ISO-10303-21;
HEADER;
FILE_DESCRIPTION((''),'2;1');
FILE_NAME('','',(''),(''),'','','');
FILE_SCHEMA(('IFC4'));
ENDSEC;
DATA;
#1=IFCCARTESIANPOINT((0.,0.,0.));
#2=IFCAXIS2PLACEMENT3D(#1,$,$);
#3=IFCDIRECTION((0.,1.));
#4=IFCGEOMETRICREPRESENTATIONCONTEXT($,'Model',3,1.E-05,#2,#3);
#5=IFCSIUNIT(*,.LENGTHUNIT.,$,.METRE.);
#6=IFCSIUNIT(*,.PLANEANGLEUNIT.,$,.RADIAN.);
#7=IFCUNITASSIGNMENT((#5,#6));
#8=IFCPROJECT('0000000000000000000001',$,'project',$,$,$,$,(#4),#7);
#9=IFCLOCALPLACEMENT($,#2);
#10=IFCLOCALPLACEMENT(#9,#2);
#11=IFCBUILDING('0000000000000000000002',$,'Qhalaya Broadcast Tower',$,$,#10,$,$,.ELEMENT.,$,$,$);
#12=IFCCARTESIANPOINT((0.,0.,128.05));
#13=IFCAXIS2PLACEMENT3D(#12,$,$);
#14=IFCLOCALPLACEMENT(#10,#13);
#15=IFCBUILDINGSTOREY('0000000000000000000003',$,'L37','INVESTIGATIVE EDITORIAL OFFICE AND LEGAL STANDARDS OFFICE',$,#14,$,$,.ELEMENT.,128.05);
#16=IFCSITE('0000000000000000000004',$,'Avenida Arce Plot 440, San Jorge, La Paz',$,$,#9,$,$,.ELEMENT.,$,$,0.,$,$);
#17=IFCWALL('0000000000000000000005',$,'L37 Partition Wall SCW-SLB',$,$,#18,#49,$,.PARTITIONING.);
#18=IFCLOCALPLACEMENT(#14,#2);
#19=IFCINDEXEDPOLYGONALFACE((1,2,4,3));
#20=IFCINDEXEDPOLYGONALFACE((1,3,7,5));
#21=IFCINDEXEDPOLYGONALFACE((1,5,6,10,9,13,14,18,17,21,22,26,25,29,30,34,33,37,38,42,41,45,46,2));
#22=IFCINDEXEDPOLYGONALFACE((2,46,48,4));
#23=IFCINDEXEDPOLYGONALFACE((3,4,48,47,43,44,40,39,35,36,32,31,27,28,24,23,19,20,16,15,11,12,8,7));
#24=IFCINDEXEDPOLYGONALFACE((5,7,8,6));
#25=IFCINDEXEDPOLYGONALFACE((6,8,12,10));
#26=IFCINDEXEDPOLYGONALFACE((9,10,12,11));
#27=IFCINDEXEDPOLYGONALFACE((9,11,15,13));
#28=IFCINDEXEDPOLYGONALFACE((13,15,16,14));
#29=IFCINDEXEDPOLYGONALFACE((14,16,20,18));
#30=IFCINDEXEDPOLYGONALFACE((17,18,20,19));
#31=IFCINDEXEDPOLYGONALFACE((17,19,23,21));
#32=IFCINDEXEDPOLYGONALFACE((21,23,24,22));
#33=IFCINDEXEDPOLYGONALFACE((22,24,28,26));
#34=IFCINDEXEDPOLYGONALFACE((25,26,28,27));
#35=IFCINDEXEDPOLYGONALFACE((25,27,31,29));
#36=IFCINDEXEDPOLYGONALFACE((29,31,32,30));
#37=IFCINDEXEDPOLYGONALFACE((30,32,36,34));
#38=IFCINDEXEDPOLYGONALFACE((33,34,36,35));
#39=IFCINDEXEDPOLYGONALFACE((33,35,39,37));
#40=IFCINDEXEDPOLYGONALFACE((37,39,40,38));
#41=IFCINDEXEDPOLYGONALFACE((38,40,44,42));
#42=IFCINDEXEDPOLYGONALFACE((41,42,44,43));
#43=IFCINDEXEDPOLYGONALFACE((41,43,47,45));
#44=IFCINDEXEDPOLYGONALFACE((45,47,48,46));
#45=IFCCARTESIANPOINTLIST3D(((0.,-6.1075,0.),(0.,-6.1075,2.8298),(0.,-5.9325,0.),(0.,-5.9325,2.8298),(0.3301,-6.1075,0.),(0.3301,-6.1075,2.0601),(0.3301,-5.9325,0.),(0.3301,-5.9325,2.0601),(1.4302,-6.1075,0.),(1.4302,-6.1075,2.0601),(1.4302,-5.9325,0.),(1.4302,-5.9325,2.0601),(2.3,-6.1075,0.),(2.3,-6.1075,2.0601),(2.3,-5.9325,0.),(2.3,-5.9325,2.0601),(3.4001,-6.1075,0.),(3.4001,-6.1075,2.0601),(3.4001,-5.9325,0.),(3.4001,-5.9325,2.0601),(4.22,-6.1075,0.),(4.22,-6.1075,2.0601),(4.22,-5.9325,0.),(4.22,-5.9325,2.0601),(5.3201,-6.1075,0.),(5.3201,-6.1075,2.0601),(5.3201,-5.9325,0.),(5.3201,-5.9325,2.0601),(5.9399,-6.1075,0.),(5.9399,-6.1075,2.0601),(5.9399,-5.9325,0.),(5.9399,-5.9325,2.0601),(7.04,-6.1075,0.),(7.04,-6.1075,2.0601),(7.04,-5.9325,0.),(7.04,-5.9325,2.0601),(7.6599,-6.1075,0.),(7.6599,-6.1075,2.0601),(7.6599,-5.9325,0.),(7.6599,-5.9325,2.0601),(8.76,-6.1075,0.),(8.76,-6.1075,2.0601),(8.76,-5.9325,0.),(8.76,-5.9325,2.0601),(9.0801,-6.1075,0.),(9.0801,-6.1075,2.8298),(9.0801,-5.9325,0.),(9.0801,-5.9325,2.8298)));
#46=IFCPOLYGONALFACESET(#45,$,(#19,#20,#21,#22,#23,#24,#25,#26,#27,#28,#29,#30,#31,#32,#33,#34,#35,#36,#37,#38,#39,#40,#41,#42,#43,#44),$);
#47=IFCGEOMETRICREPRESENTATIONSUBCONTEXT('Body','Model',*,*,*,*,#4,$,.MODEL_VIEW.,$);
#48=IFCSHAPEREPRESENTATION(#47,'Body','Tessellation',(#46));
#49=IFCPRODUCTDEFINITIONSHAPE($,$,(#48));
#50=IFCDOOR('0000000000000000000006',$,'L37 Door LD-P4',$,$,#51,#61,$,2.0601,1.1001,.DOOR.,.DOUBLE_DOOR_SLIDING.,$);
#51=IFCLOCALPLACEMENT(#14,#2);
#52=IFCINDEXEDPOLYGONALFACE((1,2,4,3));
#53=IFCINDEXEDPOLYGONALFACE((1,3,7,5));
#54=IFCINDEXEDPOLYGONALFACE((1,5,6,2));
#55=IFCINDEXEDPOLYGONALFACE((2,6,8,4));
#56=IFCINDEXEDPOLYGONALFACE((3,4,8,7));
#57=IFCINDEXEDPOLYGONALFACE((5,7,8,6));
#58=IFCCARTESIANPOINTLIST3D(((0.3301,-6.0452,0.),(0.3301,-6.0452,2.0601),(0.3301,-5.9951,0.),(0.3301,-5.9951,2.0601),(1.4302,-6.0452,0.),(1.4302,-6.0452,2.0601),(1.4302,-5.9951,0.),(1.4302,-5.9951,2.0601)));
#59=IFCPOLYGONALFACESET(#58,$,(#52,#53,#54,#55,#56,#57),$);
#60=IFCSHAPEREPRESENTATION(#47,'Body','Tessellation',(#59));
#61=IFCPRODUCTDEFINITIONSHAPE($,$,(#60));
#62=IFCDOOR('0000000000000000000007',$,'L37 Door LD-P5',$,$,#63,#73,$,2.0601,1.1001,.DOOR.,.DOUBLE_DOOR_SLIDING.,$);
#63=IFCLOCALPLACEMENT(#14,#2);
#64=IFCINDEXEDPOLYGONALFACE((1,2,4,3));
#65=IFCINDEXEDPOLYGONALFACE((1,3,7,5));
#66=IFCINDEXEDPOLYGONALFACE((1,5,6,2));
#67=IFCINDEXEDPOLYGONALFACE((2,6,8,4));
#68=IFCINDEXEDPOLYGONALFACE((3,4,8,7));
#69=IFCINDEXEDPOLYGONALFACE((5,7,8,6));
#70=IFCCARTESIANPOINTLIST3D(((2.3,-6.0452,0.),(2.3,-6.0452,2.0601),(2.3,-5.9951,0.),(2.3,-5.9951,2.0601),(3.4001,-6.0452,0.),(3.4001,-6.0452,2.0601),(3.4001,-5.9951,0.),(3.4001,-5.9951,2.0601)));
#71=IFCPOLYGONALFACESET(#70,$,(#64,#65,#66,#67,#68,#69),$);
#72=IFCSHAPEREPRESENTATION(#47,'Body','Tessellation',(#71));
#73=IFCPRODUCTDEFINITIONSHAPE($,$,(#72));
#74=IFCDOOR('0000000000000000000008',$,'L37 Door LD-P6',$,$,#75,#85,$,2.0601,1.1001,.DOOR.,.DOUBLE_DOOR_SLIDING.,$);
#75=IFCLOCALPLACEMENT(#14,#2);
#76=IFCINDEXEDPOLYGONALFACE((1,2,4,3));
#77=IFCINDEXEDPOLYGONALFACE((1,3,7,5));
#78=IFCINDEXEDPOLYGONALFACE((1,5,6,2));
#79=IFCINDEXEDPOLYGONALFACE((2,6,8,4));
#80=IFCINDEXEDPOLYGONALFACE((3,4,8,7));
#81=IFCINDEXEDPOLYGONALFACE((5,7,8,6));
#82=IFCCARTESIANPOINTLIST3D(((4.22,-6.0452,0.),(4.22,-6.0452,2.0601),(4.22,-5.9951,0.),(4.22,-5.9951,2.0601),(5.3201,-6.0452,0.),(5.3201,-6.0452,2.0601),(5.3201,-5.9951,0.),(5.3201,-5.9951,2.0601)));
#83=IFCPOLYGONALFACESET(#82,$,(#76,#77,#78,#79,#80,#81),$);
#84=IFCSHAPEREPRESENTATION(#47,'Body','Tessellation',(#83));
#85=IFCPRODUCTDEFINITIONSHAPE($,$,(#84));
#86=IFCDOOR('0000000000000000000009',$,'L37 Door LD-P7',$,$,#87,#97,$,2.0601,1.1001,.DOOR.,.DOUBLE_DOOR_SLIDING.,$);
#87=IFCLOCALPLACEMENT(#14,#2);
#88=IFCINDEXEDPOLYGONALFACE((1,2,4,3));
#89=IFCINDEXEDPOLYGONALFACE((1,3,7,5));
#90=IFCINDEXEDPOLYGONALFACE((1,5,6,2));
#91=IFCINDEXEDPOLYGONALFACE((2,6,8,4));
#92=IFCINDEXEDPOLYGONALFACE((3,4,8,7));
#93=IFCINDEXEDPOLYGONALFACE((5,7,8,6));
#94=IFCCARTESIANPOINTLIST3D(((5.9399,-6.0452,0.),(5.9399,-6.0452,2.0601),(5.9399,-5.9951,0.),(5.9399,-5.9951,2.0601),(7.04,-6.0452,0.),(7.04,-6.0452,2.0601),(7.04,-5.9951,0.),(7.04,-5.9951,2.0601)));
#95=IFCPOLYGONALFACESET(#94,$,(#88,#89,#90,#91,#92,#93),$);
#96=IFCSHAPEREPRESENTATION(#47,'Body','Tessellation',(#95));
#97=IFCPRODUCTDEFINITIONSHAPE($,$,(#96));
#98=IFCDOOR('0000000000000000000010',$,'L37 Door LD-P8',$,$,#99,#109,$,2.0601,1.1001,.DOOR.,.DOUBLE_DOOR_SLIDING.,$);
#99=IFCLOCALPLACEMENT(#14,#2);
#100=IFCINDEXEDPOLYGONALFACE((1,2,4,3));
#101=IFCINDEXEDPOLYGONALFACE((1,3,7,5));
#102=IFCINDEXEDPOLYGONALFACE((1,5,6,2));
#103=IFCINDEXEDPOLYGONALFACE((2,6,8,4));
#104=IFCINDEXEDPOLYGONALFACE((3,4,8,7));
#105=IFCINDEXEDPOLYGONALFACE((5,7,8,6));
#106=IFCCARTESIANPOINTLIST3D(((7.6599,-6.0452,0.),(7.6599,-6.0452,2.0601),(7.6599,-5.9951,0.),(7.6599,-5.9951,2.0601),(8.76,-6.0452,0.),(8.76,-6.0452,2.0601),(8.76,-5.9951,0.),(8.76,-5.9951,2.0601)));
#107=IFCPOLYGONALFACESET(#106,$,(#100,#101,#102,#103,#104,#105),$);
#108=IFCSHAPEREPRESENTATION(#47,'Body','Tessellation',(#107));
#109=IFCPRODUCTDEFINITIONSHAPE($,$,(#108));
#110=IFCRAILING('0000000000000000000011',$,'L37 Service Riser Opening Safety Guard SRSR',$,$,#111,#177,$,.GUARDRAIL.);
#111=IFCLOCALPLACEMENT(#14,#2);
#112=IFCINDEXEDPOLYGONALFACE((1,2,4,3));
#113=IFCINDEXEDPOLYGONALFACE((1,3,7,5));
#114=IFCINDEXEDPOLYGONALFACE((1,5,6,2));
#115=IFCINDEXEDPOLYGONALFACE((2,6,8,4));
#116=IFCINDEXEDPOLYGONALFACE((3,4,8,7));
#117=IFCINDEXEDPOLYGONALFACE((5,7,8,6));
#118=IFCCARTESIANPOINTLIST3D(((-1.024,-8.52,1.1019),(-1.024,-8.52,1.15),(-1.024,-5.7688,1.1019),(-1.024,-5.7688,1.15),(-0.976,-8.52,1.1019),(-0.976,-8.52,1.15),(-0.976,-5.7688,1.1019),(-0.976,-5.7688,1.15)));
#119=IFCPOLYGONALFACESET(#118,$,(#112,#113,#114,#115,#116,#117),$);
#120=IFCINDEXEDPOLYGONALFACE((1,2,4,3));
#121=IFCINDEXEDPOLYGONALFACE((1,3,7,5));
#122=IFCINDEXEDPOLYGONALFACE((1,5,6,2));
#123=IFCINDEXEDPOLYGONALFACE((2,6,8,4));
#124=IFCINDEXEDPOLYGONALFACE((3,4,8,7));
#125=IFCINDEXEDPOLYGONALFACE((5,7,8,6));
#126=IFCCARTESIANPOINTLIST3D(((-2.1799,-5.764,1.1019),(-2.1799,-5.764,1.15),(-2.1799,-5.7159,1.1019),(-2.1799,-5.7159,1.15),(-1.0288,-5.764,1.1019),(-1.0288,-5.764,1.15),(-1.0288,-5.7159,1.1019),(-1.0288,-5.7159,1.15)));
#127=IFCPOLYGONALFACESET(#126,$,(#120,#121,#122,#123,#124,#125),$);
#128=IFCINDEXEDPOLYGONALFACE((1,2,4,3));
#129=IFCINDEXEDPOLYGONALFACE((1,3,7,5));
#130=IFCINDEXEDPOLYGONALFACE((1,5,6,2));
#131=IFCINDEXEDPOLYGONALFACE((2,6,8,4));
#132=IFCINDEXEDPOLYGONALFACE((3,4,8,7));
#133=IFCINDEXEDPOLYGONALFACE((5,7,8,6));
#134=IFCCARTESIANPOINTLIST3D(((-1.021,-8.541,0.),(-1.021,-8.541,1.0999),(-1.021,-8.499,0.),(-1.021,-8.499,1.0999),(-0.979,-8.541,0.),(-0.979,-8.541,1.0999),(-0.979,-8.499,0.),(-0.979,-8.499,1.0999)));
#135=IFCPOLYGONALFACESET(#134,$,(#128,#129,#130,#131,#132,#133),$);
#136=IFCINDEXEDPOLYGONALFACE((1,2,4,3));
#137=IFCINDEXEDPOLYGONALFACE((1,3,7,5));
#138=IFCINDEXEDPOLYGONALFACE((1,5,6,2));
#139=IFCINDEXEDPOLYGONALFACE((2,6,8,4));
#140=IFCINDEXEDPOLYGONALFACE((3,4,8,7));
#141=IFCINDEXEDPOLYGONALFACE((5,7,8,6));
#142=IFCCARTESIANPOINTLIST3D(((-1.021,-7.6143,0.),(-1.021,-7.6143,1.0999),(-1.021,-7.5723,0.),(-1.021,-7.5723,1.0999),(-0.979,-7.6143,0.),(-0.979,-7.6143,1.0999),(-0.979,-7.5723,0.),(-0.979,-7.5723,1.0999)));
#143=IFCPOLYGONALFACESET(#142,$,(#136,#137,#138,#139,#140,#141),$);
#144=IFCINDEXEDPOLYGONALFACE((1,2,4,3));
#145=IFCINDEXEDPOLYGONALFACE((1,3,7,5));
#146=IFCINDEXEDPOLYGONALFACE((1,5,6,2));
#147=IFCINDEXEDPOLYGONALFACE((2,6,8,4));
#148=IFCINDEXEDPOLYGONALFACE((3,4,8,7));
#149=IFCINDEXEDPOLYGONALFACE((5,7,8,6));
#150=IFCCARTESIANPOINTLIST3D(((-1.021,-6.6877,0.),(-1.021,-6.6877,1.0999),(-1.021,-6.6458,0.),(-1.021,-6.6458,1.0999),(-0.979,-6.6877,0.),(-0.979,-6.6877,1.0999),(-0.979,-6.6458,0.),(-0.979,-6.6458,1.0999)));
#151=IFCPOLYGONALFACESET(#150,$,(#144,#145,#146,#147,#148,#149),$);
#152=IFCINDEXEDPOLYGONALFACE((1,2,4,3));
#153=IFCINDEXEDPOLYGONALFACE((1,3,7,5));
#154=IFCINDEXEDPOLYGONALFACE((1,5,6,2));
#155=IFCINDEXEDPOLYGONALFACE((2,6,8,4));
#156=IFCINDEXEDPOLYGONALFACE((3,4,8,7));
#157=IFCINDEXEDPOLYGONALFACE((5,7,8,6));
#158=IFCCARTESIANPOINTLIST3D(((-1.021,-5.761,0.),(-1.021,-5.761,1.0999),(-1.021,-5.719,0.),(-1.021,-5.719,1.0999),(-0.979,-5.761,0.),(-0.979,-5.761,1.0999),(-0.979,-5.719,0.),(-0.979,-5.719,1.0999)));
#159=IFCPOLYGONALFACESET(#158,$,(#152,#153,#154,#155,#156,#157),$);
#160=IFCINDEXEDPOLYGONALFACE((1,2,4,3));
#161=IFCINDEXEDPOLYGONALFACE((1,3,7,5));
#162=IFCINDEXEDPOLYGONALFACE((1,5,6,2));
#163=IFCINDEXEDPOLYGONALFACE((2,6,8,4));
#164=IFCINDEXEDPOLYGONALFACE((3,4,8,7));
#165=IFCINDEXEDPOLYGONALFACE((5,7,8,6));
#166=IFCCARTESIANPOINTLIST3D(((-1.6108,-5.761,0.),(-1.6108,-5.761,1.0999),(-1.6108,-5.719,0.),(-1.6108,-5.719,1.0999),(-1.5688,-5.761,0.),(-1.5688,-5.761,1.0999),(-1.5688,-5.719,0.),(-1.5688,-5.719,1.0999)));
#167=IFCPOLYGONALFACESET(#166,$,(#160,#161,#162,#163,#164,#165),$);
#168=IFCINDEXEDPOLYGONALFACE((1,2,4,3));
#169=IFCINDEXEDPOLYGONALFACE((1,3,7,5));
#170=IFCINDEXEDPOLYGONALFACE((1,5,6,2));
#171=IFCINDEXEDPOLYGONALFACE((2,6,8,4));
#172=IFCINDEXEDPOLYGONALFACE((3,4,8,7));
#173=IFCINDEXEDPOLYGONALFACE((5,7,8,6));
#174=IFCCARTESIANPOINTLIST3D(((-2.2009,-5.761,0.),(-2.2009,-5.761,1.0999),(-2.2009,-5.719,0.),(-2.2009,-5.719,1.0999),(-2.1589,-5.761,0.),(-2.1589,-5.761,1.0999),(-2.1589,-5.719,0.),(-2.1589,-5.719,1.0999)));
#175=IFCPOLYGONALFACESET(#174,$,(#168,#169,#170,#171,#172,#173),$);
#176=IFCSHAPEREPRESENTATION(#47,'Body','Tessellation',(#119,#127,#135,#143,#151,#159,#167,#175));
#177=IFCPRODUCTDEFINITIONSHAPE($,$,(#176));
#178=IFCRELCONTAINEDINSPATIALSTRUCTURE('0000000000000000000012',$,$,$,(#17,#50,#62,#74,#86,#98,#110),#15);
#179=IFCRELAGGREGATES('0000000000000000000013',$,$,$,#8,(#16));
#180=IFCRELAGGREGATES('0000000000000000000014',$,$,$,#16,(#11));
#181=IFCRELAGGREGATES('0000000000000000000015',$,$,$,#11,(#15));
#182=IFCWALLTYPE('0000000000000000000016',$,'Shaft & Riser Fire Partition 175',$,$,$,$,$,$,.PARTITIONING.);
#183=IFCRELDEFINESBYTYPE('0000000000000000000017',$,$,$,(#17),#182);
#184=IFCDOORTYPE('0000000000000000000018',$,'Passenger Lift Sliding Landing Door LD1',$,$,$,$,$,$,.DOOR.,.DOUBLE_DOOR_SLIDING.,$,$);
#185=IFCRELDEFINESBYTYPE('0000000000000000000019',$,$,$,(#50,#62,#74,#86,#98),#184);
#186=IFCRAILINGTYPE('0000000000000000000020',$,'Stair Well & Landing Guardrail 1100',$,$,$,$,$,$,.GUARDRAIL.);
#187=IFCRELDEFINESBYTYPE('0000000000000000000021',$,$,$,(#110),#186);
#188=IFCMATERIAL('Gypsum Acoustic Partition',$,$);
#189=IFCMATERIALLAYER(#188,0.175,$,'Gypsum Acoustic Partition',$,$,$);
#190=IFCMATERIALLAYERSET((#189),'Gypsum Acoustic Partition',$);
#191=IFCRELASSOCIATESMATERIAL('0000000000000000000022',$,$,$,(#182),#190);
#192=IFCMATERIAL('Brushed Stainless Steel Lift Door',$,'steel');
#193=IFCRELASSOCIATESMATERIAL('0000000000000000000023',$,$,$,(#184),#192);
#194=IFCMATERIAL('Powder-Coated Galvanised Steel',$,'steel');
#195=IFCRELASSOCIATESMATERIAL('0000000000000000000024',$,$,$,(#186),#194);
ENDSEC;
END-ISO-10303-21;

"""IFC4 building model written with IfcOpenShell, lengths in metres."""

from ifc_helpers import new_model, si_unit, direction, frame, frame_2d, origin, origin_2d, place, context, subcontext, project, spatial, rectangle, extrude, material, layer, layer_set, type_object, element, fill, save


model = new_model("IFC4")

# Units and contexts
model_context = context("Model", 3, precision=1e-05, world=origin(), true_north=direction((0.0, 1.0)))
body_context = subcontext(model_context, "Body", "Model", "MODEL_VIEW")
ifc_project = project(units=[si_unit("LENGTHUNIT", "METRE"), si_unit("PLANEANGLEUNIT", "RADIAN")], contexts=[model_context])

# Site, building, storey
site_placement = place(None, origin())
site = spatial("IfcSite", under=ifc_project, at=site_placement, Name="Avenida Arce Plot 440, San Jorge, La Paz", CompositionType="ELEMENT", RefElevation=0.0)
building_placement = place(site_placement, origin())
building = spatial("IfcBuilding", under=site, at=building_placement, Name="Qhalaya Broadcast Tower", CompositionType="ELEMENT")
storey_placement = place(building_placement, frame((0.0, 0.0, 128.05)))
storey = spatial("IfcBuildingStorey", under=building, at=storey_placement, Name="L37", Description="INVESTIGATIVE EDITORIAL OFFICE AND LEGAL STANDARDS OFFICE", CompositionType="ELEMENT", Elevation=128.05)

# Shared definitions
ifc_material_1 = material(Name="Gypsum Acoustic Partition")

# Shared definitions
ifc_layer_1 = layer(ifc_material_1, 0.175, Name="Gypsum Acoustic Partition")
ifc_layer_set_1 = layer_set([ifc_layer_1], Name="Gypsum Acoustic Partition")
wall_type_1 = type_object("IfcWallType", Name="Shaft & Riser Fire Partition 175", PredefinedType="PARTITIONING", material=ifc_layer_set_1)

# Wall, openings, doors
wall_1_placement = place(storey_placement, frame((0.0, -6.02, 0.0), z_axis=(0.0, 0.0, 1.0), x_axis=(1.0, 0.0, 0.0)))
wall_1 = element("IfcWall", 1, at=wall_1_placement, inside=storey, type_object=wall_type_1, Name="L37 Partition Wall SCW-SLB", PredefinedType="PARTITIONING", context=body_context, shape_type="SweptSolid", body=[
    extrude(rectangle(XDim=9.0801, YDim=0.175, at=frame_2d((4.54, 0.0))), origin(), (0.0, 0.0, 1.0), 2.8298),
])
opening_1_placement = place(wall_1_placement, frame((0.3301, 0.0, 0.0)))
opening_1 = element("IfcOpeningElement", 2, at=opening_1_placement, cuts=wall_1, PredefinedType="OPENING", context=body_context, shape_type="SweptSolid", body=[
    extrude(rectangle(XDim=1.1001, YDim=2.0601, at=frame_2d((0.55, 1.03))), frame((0.0, 0.0996, 0.0), z_axis=(0.0, -1.0, 0.0), x_axis=(1.0, 0.0, 0.0)), (0.0, 0.0, 1.0), 0.199),
])
opening_2_placement = place(wall_1_placement, frame((2.3, 0.0, 0.0)))
opening_2 = element("IfcOpeningElement", 3, at=opening_2_placement, cuts=wall_1, PredefinedType="OPENING", context=body_context, shape_type="SweptSolid", body=[
    extrude(rectangle(XDim=1.1001, YDim=2.0601, at=frame_2d((0.55, 1.03))), frame((0.0, 0.0996, 0.0), z_axis=(0.0, -1.0, 0.0), x_axis=(1.0, 0.0, 0.0)), (0.0, 0.0, 1.0), 0.199),
])
opening_3_placement = place(wall_1_placement, frame((4.22, 0.0, 0.0)))
opening_3 = element("IfcOpeningElement", 4, at=opening_3_placement, cuts=wall_1, PredefinedType="OPENING", context=body_context, shape_type="SweptSolid", body=[
    extrude(rectangle(XDim=1.1001, YDim=2.0601, at=frame_2d((0.55, 1.03))), frame((0.0, 0.0996, 0.0), z_axis=(0.0, -1.0, 0.0), x_axis=(1.0, 0.0, 0.0)), (0.0, 0.0, 1.0), 0.199),
])
opening_4_placement = place(wall_1_placement, frame((5.9399, 0.0, 0.0)))
opening_4 = element("IfcOpeningElement", 5, at=opening_4_placement, cuts=wall_1, PredefinedType="OPENING", context=body_context, shape_type="SweptSolid", body=[
    extrude(rectangle(XDim=1.1001, YDim=2.0601, at=frame_2d((0.55, 1.03))), frame((0.0, 0.0996, 0.0), z_axis=(0.0, -1.0, 0.0), x_axis=(1.0, 0.0, 0.0)), (0.0, 0.0, 1.0), 0.199),
])
opening_5_placement = place(wall_1_placement, frame((7.6599, 0.0, 0.0)))
opening_5 = element("IfcOpeningElement", 6, at=opening_5_placement, cuts=wall_1, PredefinedType="OPENING", context=body_context, shape_type="SweptSolid", body=[
    extrude(rectangle(XDim=1.1001, YDim=2.0601, at=frame_2d((0.55, 1.03))), frame((0.0, 0.0996, 0.0), z_axis=(0.0, -1.0, 0.0), x_axis=(1.0, 0.0, 0.0)), (0.0, 0.0, 1.0), 0.199),
])
ifc_material_2 = material(Name="Brushed Stainless Steel Lift Door", Category="steel")
door_type_1 = type_object("IfcDoorType", Name="Passenger Lift Sliding Landing Door LD1", OperationType="DOUBLE_DOOR_SLIDING", PredefinedType="DOOR", material=ifc_material_2)
door_1_placement = place(opening_1_placement, origin())
door_1 = element("IfcDoor", 7, at=door_1_placement, inside=storey, type_object=door_type_1, Name="L37 Door LD-P4", OperationType="DOUBLE_DOOR_SLIDING", OverallHeight=2.0601, OverallWidth=1.1001, PredefinedType="DOOR", context=body_context, shape_type="SweptSolid", body=[
    extrude(rectangle(XDim=1.1001, YDim=2.0601, at=frame_2d((0.55, 1.03))), frame((0.0, 0.0249, 0.0), z_axis=(0.0, -1.0, 0.0), x_axis=(1.0, 0.0, 0.0)), (0.0, 0.0, 1.0), 0.05),
])
fill(opening_1, door_1)
door_2_placement = place(opening_2_placement, origin())
door_2 = element("IfcDoor", 8, at=door_2_placement, inside=storey, type_object=door_type_1, Name="L37 Door LD-P5", OperationType="DOUBLE_DOOR_SLIDING", OverallHeight=2.0601, OverallWidth=1.1001, PredefinedType="DOOR", context=body_context, shape_type="SweptSolid", body=[
    extrude(rectangle(XDim=1.1001, YDim=2.0601, at=frame_2d((0.55, 1.03))), frame((0.0, 0.0249, 0.0), z_axis=(0.0, -1.0, 0.0), x_axis=(1.0, 0.0, 0.0)), (0.0, 0.0, 1.0), 0.05),
])
fill(opening_2, door_2)
door_3_placement = place(opening_3_placement, origin())
door_3 = element("IfcDoor", 9, at=door_3_placement, inside=storey, type_object=door_type_1, Name="L37 Door LD-P6", OperationType="DOUBLE_DOOR_SLIDING", OverallHeight=2.0601, OverallWidth=1.1001, PredefinedType="DOOR", context=body_context, shape_type="SweptSolid", body=[
    extrude(rectangle(XDim=1.1001, YDim=2.0601, at=frame_2d((0.55, 1.03))), frame((0.0, 0.0249, 0.0), z_axis=(0.0, -1.0, 0.0), x_axis=(1.0, 0.0, 0.0)), (0.0, 0.0, 1.0), 0.05),
])
fill(opening_3, door_3)
door_4_placement = place(opening_4_placement, origin())
door_4 = element("IfcDoor", 10, at=door_4_placement, inside=storey, type_object=door_type_1, Name="L37 Door LD-P7", OperationType="DOUBLE_DOOR_SLIDING", OverallHeight=2.0601, OverallWidth=1.1001, PredefinedType="DOOR", context=body_context, shape_type="SweptSolid", body=[
    extrude(rectangle(XDim=1.1001, YDim=2.0601, at=frame_2d((0.55, 1.03))), frame((0.0, 0.0249, 0.0), z_axis=(0.0, -1.0, 0.0), x_axis=(1.0, 0.0, 0.0)), (0.0, 0.0, 1.0), 0.05),
])
fill(opening_4, door_4)
door_5_placement = place(opening_5_placement, origin())
door_5 = element("IfcDoor", 11, at=door_5_placement, inside=storey, type_object=door_type_1, Name="L37 Door LD-P8", OperationType="DOUBLE_DOOR_SLIDING", OverallHeight=2.0601, OverallWidth=1.1001, PredefinedType="DOOR", context=body_context, shape_type="SweptSolid", body=[
    extrude(rectangle(XDim=1.1001, YDim=2.0601, at=frame_2d((0.55, 1.03))), frame((0.0, 0.0249, 0.0), z_axis=(0.0, -1.0, 0.0), x_axis=(1.0, 0.0, 0.0)), (0.0, 0.0, 1.0), 0.05),
])
fill(opening_5, door_5)

# Railing
ifc_material_3 = material(Name="Powder-Coated Galvanised Steel", Category="steel")
railing_type = type_object("IfcRailingType", Name="Stair Well & Landing Guardrail 1100", PredefinedType="GUARDRAIL", material=ifc_material_3)
railing_placement = place(storey_placement, frame((-1.0, -8.52, 0.0)))
element("IfcRailing", 12, at=railing_placement, inside=storey, type_object=railing_type, Name="L37 Service Riser Opening Safety Guard SRSR", PredefinedType="GUARDRAIL", context=body_context, shape_type="SweptSolid", body=[
    extrude(rectangle(XDim=0.0481, YDim=0.0481, at=origin_2d()), frame((0.0, 0.0, 1.126), z_axis=(0.0, 1.0, 0.0), x_axis=(-1.0, 0.0, 0.0)), (0.0, 0.0, 1.0), 2.7512),
    extrude(rectangle(XDim=0.0481, YDim=0.0481, at=origin_2d()), frame((-0.0288, 2.78, 1.126), z_axis=(-1.0, 0.0, 0.0), x_axis=(0.0, -1.0, 0.0)), (0.0, 0.0, 1.0), 1.1511),
    extrude(rectangle(XDim=0.042, YDim=0.042, at=origin_2d()), origin(), (0.0, 0.0, 1.0), 1.0999),
    extrude(rectangle(XDim=0.042, YDim=0.042, at=origin_2d()), frame((0.0, 0.9268, 0.0)), (0.0, 0.0, 1.0), 1.0999),
    extrude(rectangle(XDim=0.042, YDim=0.042, at=origin_2d()), frame((0.0, 1.8533, 0.0)), (0.0, 0.0, 1.0), 1.0999),
    extrude(rectangle(XDim=0.042, YDim=0.042, at=origin_2d()), frame((0.0, 2.78, 0.0)), (0.0, 0.0, 1.0), 1.0999),
    extrude(rectangle(XDim=0.042, YDim=0.042, at=origin_2d()), frame((-0.5898, 2.78, 0.0)), (0.0, 0.0, 1.0), 1.0999),
    extrude(rectangle(XDim=0.042, YDim=0.042, at=origin_2d()), frame((-1.1799, 2.78, 0.0)), (0.0, 0.0, 1.0), 1.0999),
])

save(model, "model.ifc")
